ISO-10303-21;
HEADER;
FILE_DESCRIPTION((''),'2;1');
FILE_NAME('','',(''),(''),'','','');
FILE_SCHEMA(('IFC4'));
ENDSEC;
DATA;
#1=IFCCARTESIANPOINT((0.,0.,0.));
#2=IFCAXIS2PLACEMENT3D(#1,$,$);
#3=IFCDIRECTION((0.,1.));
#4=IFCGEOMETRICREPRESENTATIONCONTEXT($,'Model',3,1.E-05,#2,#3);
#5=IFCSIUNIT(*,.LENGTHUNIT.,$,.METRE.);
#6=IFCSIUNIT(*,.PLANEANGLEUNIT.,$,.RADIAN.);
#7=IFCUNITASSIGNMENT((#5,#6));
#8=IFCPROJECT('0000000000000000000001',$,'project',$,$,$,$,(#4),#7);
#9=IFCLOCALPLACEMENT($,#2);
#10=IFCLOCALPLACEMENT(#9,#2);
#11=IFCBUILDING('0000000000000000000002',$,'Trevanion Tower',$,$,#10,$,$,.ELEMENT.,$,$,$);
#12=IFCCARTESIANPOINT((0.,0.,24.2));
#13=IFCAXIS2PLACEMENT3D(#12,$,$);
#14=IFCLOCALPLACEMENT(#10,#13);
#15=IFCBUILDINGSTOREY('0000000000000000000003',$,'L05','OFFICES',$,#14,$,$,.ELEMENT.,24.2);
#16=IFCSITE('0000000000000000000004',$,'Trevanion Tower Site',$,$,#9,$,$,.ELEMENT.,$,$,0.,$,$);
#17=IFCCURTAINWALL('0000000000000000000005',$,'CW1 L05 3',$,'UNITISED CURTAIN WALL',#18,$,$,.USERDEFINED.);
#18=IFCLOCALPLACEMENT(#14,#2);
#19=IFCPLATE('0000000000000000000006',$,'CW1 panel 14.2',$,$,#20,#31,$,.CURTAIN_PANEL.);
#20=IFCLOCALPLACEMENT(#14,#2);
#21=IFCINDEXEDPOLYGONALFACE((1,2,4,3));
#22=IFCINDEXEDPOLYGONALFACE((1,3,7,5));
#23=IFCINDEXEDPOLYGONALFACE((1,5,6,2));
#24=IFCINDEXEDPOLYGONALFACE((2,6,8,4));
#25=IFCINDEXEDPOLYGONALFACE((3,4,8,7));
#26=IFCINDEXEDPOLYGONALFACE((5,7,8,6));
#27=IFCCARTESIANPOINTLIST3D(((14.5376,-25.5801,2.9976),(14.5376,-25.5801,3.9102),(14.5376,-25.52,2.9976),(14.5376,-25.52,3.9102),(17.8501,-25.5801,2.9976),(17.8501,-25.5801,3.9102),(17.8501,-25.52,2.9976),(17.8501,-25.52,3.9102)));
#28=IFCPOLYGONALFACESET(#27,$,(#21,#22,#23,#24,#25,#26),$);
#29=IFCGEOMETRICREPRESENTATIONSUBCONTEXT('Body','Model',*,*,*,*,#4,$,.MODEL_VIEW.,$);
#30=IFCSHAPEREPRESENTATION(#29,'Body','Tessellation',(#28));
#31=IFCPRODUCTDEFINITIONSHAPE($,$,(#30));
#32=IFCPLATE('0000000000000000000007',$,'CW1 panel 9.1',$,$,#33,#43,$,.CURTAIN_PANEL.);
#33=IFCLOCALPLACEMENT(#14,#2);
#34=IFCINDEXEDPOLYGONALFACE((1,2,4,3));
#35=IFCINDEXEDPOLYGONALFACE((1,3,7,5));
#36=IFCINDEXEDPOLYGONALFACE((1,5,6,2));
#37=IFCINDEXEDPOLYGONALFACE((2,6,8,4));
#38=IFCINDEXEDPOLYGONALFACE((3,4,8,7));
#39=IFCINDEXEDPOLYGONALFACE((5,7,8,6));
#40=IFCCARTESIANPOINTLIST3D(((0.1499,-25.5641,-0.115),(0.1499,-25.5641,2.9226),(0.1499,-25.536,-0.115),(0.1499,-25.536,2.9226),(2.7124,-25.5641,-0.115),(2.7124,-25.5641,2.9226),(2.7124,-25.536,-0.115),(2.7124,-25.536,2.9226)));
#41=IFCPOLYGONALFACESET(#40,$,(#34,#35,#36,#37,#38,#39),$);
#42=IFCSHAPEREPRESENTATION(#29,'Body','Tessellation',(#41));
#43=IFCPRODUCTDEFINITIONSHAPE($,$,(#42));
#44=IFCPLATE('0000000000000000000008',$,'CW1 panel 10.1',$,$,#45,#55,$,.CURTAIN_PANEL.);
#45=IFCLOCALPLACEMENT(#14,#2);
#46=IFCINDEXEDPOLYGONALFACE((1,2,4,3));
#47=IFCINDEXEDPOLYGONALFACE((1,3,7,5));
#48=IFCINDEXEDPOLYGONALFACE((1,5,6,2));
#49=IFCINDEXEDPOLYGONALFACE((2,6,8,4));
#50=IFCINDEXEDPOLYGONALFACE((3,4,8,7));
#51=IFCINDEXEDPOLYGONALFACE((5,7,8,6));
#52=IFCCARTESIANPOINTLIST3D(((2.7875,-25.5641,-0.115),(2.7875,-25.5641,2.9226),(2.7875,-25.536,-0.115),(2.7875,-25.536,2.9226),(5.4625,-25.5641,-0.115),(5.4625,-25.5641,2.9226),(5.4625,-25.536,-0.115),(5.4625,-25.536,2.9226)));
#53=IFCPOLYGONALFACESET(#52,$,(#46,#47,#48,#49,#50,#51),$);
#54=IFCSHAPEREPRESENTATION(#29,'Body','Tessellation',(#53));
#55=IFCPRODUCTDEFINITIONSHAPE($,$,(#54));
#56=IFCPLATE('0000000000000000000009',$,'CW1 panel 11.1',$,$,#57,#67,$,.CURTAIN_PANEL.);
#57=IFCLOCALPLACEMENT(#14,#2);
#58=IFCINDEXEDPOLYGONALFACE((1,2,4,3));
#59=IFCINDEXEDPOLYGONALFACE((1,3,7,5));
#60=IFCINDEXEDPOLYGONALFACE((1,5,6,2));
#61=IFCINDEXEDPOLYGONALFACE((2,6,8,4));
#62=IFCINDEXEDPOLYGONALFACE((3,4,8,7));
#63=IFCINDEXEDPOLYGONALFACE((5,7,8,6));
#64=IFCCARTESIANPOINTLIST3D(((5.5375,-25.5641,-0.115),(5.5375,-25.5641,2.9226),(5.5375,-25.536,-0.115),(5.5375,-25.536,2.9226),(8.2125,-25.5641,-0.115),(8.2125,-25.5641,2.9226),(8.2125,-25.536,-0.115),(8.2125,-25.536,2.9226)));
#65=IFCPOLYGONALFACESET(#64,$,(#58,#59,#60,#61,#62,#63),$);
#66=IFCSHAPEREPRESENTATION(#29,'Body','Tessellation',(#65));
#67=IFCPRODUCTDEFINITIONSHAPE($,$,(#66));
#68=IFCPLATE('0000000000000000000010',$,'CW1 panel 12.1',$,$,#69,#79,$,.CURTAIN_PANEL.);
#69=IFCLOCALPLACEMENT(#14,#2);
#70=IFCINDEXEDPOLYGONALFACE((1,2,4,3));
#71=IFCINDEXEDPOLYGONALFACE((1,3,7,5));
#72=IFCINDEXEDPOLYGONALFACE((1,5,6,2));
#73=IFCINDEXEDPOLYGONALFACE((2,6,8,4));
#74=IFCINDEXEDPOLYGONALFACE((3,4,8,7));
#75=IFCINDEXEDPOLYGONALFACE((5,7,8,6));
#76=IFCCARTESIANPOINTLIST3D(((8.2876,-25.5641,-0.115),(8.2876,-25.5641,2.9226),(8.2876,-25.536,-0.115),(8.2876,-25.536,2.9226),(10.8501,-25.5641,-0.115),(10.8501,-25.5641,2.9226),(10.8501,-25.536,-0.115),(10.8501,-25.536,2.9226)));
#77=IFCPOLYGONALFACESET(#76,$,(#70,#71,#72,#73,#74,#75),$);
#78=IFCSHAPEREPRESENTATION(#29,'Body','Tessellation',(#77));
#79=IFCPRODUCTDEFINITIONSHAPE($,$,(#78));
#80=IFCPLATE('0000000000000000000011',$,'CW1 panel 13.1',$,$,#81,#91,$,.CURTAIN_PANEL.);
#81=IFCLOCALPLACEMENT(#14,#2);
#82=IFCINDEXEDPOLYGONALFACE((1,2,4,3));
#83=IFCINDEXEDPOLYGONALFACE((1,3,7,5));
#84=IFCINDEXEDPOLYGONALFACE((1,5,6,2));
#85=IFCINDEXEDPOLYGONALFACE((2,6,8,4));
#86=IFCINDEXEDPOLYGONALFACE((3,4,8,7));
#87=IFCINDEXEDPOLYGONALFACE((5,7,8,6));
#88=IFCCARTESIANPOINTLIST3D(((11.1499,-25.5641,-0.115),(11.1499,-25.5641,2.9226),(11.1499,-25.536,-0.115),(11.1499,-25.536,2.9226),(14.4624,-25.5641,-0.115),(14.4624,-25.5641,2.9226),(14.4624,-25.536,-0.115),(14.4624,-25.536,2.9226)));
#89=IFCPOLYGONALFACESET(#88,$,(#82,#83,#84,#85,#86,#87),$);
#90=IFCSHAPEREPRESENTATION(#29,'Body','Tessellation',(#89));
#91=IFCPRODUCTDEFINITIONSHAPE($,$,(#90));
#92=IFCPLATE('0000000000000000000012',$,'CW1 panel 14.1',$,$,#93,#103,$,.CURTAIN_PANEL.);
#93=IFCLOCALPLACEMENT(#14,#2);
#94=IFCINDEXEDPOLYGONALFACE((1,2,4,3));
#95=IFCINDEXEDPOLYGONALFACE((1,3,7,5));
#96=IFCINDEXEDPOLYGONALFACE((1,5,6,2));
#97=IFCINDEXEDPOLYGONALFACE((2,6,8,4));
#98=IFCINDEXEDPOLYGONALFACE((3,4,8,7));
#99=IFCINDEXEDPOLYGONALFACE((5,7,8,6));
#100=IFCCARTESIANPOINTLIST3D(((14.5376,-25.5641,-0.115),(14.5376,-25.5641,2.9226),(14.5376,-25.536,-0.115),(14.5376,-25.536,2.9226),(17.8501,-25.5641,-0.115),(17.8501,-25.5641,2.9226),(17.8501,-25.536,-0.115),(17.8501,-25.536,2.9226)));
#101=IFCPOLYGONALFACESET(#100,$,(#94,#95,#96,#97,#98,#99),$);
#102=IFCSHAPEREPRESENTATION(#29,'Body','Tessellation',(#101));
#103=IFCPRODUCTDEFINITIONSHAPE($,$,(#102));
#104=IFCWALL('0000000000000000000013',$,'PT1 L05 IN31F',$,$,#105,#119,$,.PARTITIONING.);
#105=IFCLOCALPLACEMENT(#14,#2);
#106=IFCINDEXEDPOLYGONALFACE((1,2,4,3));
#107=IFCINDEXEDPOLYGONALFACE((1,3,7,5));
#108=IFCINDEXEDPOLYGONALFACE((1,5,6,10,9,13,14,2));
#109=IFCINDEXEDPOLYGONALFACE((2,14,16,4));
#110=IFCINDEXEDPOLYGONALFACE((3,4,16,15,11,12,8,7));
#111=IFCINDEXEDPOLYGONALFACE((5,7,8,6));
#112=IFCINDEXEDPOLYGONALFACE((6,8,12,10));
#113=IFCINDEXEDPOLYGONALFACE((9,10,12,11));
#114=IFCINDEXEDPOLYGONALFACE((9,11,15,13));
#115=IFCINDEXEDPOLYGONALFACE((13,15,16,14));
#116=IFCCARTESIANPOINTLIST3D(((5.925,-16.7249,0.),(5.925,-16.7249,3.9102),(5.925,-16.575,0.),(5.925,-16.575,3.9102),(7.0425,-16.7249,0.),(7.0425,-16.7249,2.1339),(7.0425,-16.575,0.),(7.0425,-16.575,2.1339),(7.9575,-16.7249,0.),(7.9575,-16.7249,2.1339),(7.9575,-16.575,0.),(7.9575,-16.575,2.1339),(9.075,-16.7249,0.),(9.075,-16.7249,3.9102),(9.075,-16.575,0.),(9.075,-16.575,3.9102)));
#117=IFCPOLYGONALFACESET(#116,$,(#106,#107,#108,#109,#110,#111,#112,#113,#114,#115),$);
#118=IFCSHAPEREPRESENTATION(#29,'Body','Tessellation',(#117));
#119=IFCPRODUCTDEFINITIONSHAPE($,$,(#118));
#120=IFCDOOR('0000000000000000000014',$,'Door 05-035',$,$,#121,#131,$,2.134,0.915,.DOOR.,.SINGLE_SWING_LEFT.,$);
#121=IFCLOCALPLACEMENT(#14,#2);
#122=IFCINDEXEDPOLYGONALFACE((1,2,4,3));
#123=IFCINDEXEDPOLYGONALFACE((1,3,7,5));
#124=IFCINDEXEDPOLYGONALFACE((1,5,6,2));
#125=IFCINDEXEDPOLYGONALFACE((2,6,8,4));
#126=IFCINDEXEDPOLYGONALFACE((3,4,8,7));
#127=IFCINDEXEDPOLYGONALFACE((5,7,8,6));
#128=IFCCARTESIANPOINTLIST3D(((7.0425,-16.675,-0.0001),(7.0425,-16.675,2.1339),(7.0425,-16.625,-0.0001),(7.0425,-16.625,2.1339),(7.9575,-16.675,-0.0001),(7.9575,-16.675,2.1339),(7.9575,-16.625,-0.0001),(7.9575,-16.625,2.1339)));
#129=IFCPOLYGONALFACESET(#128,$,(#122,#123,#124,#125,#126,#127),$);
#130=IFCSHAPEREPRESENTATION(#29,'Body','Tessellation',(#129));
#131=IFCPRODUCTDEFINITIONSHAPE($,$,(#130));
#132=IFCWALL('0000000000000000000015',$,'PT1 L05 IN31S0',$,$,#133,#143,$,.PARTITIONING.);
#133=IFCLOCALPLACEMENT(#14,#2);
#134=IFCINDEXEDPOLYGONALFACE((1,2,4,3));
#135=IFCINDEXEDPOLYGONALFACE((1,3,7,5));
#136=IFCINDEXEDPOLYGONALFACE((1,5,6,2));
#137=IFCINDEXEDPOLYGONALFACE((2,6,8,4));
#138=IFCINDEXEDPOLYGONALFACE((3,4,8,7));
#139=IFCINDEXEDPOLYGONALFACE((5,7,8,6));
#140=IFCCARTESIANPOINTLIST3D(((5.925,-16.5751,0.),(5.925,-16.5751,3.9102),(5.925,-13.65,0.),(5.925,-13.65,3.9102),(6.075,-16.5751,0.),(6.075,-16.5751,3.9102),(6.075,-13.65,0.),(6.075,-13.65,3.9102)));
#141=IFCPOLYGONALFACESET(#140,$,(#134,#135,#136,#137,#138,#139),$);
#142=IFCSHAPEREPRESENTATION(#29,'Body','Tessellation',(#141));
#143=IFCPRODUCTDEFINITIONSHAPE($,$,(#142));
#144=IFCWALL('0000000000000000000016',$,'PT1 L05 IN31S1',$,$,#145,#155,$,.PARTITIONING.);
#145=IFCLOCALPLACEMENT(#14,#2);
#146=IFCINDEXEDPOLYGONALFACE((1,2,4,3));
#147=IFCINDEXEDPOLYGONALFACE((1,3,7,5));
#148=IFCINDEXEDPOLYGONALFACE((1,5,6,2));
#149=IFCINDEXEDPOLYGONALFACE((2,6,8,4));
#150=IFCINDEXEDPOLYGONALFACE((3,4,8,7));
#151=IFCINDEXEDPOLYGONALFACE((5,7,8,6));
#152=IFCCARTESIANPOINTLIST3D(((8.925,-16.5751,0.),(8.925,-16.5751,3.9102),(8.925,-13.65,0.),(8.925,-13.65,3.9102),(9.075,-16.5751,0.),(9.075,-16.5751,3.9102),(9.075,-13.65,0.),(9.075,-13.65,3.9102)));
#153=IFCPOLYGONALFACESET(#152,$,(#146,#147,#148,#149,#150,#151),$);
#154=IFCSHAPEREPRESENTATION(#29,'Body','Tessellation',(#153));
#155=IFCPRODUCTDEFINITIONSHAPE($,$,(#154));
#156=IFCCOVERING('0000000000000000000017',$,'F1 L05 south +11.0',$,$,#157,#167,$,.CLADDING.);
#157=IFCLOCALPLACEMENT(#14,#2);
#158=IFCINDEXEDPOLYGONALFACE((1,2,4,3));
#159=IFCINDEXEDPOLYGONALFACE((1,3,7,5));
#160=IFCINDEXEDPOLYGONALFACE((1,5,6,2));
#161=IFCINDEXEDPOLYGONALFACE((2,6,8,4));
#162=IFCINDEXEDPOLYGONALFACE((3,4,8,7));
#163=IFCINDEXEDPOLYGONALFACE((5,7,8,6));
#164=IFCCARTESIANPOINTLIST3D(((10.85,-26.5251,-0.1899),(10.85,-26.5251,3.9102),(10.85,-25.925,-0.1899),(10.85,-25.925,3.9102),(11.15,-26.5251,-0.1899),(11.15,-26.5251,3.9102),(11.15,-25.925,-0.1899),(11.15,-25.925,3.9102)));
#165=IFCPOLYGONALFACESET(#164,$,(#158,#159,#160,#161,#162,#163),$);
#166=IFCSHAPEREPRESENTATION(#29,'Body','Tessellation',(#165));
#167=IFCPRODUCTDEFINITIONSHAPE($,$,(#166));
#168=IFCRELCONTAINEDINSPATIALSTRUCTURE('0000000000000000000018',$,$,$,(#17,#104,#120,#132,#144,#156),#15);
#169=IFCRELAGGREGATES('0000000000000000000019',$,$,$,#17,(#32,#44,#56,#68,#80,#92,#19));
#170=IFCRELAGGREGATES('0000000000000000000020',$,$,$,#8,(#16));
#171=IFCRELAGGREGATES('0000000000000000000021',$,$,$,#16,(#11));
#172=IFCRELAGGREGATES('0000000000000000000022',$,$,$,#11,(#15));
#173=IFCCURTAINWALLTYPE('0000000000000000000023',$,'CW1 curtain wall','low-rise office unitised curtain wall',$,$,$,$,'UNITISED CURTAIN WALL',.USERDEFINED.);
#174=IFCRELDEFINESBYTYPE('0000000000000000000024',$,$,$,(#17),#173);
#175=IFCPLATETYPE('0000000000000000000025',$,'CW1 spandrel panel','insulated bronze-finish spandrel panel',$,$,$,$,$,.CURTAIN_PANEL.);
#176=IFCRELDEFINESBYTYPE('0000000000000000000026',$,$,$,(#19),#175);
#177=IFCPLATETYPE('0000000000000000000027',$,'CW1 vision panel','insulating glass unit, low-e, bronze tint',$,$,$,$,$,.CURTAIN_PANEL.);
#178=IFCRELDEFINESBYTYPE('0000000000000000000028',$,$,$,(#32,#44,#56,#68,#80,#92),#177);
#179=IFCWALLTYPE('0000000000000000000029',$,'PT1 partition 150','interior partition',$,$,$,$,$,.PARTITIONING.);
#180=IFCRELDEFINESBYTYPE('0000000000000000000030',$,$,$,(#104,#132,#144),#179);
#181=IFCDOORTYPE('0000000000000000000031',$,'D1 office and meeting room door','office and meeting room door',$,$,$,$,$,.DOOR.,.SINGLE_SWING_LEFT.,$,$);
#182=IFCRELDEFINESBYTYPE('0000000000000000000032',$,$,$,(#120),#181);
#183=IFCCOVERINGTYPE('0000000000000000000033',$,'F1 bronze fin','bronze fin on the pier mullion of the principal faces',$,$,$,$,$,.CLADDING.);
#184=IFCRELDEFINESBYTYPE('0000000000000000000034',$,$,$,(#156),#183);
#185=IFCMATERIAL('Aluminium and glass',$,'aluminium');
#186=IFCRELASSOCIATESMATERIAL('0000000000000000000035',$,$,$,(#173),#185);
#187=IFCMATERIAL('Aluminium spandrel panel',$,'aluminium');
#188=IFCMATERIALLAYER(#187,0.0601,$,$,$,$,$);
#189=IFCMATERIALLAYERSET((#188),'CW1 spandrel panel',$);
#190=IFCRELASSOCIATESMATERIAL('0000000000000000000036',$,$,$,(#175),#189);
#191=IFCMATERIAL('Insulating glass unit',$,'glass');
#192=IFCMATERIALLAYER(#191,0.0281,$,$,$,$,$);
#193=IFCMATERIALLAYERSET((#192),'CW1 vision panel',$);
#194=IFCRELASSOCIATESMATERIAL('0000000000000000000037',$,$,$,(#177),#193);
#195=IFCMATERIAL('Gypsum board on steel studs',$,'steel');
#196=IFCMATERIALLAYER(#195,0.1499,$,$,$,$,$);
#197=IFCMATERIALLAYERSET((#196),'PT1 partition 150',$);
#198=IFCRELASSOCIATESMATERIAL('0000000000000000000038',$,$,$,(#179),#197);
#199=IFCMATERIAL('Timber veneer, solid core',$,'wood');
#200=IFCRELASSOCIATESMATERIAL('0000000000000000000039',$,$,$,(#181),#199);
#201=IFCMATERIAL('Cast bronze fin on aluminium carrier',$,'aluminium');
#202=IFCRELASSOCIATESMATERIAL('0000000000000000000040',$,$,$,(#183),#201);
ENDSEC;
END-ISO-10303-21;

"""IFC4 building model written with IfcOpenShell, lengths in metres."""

from ifc_helpers import new_model, si_unit, direction, frame, frame_2d, origin, origin_2d, place, context, subcontext, project, spatial, rectangle, extrude, material, layer, layer_set, type_object, element, fill, aggregate, save


model = new_model("IFC4")

# Units and contexts
model_context = context("Model", 3, precision=1e-05, world=origin(), true_north=direction((0.0, 1.0)))
body_context = subcontext(model_context, "Body", "Model", "MODEL_VIEW")
ifc_project = project(units=[si_unit("LENGTHUNIT", "METRE"), si_unit("PLANEANGLEUNIT", "RADIAN")], contexts=[model_context])

# Site, building, storey
site_placement = place(None, origin())
site = spatial("IfcSite", under=ifc_project, at=site_placement, Name="Trevanion Tower Site", CompositionType="ELEMENT", RefElevation=0.0)
building_placement = place(site_placement, origin())
building = spatial("IfcBuilding", under=site, at=building_placement, Name="Trevanion Tower", CompositionType="ELEMENT")
storey_placement = place(building_placement, frame((0.0, 0.0, 24.2)))
storey = spatial("IfcBuildingStorey", under=building, at=storey_placement, Name="L05", Description="OFFICES", CompositionType="ELEMENT", Elevation=24.2)

# Curtain wall
ifc_material_1 = material(Name="Aluminium and glass", Category="aluminium")
curtain_wall_type = type_object("IfcCurtainWallType", Name="CW1 curtain wall", Description="low-rise office unitised curtain wall", ElementType="UNITISED CURTAIN WALL", PredefinedType="USERDEFINED", material=ifc_material_1)
curtain_wall_placement = place(storey_placement, origin())
curtain_wall = element("IfcCurtainWall", 1, at=curtain_wall_placement, inside=storey, type_object=curtain_wall_type, Name="CW1 L05 3", ObjectType="UNITISED CURTAIN WALL", PredefinedType="USERDEFINED")

# Plates
ifc_material_2 = material(Name="Aluminium spandrel panel", Category="aluminium")
ifc_layer_1 = layer(ifc_material_2, 0.0601)
ifc_layer_set_1 = layer_set([ifc_layer_1], Name="CW1 spandrel panel")
plate_type_1 = type_object("IfcPlateType", Name="CW1 spandrel panel", Description="insulated bronze-finish spandrel panel", PredefinedType="CURTAIN_PANEL", material=ifc_layer_set_1)
plate_1_placement = place(storey_placement, frame((16.1938, -25.55, 2.9976), z_axis=(0.0, 0.0, 1.0), x_axis=(1.0, 0.0, 0.0)))
plate_1 = element("IfcPlate", 2, at=plate_1_placement, type_object=plate_type_1, Name="CW1 panel 14.2", PredefinedType="CURTAIN_PANEL", context=body_context, shape_type="SweptSolid", body=[
    extrude(rectangle(XDim=3.3125, YDim=0.0601, at=origin_2d()), origin(), (0.0, 0.0, 1.0), 0.9126),
])
ifc_material_3 = material(Name="Insulating glass unit", Category="glass")
ifc_layer_2 = layer(ifc_material_3, 0.0281)
ifc_layer_set_2 = layer_set([ifc_layer_2], Name="CW1 vision panel")
plate_type_2 = type_object("IfcPlateType", Name="CW1 vision panel", Description="insulating glass unit, low-e, bronze tint", PredefinedType="CURTAIN_PANEL", material=ifc_layer_set_2)
plate_2_placement = place(storey_placement, frame((1.4312, -25.55, -0.115), z_axis=(0.0, 0.0, 1.0), x_axis=(1.0, 0.0, 0.0)))
plate_2 = element("IfcPlate", 3, at=plate_2_placement, type_object=plate_type_2, Name="CW1 panel 9.1", PredefinedType="CURTAIN_PANEL", context=body_context, shape_type="SweptSolid", body=[
    extrude(rectangle(XDim=2.5625, YDim=0.0281, at=origin_2d()), origin(), (0.0, 0.0, 1.0), 3.0376),
])
plate_3_placement = place(storey_placement, frame((4.125, -25.55, -0.115), z_axis=(0.0, 0.0, 1.0), x_axis=(1.0, 0.0, 0.0)))
plate_3 = element("IfcPlate", 4, at=plate_3_placement, type_object=plate_type_2, Name="CW1 panel 10.1", PredefinedType="CURTAIN_PANEL", context=body_context, shape_type="SweptSolid", body=[
    extrude(rectangle(XDim=2.675, YDim=0.0281, at=origin_2d()), origin(), (0.0, 0.0, 1.0), 3.0376),
])
plate_4_placement = place(storey_placement, frame((6.875, -25.55, -0.115), z_axis=(0.0, 0.0, 1.0), x_axis=(1.0, 0.0, 0.0)))
plate_4 = element("IfcPlate", 5, at=plate_4_placement, type_object=plate_type_2, Name="CW1 panel 11.1", PredefinedType="CURTAIN_PANEL", context=body_context, shape_type="SweptSolid", body=[
    extrude(rectangle(XDim=2.675, YDim=0.0281, at=origin_2d()), origin(), (0.0, 0.0, 1.0), 3.0376),
])
plate_5_placement = place(storey_placement, frame((9.5688, -25.55, -0.115), z_axis=(0.0, 0.0, 1.0), x_axis=(1.0, 0.0, 0.0)))
plate_5 = element("IfcPlate", 6, at=plate_5_placement, type_object=plate_type_2, Name="CW1 panel 12.1", PredefinedType="CURTAIN_PANEL", context=body_context, shape_type="SweptSolid", body=[
    extrude(rectangle(XDim=2.5625, YDim=0.0281, at=origin_2d()), origin(), (0.0, 0.0, 1.0), 3.0376),
])
plate_6_placement = place(storey_placement, frame((12.8062, -25.55, -0.115), z_axis=(0.0, 0.0, 1.0), x_axis=(1.0, 0.0, 0.0)))
plate_6 = element("IfcPlate", 7, at=plate_6_placement, type_object=plate_type_2, Name="CW1 panel 13.1", PredefinedType="CURTAIN_PANEL", context=body_context, shape_type="SweptSolid", body=[
    extrude(rectangle(XDim=3.3125, YDim=0.0281, at=origin_2d()), origin(), (0.0, 0.0, 1.0), 3.0376),
])
plate_7_placement = place(storey_placement, frame((16.1938, -25.55, -0.115), z_axis=(0.0, 0.0, 1.0), x_axis=(1.0, 0.0, 0.0)))
plate_7 = element("IfcPlate", 8, at=plate_7_placement, type_object=plate_type_2, Name="CW1 panel 14.1", PredefinedType="CURTAIN_PANEL", context=body_context, shape_type="SweptSolid", body=[
    extrude(rectangle(XDim=3.3125, YDim=0.0281, at=origin_2d()), origin(), (0.0, 0.0, 1.0), 3.0376),
])
aggregate(curtain_wall, [plate_2, plate_3, plate_4, plate_5, plate_6, plate_7, plate_1])

# Wall, opening, door
ifc_material_4 = material(Name="Gypsum board on steel studs", Category="steel")
ifc_layer_3 = layer(ifc_material_4, 0.1499)
ifc_layer_set_3 = layer_set([ifc_layer_3], Name="PT1 partition 150")
wall_type = type_object("IfcWallType", Name="PT1 partition 150", Description="interior partition", PredefinedType="PARTITIONING", material=ifc_layer_set_3)
wall_placement = place(storey_placement, frame((5.925, -16.6499, 0.0), z_axis=(0.0, 0.0, 1.0), x_axis=(1.0, 0.0, 0.0)))
wall = element("IfcWall", 9, at=wall_placement, inside=storey, type_object=wall_type, Name="PT1 L05 IN31F", PredefinedType="PARTITIONING", context=body_context, shape_type="SweptSolid", body=[
    extrude(rectangle(XDim=3.1499, YDim=0.1499, at=frame_2d((1.575, 0.0))), origin(), (0.0, 0.0, 1.0), 3.9102),
])
opening_placement = place(wall_placement, frame((1.1174, 0.0, 0.0)))
opening = element("IfcOpeningElement", 10, at=opening_placement, cuts=wall, PredefinedType="OPENING", context=body_context, shape_type="SweptSolid", body=[
    extrude(rectangle(XDim=0.915, YDim=2.134, at=frame_2d((0.4575, 1.0669))), frame((0.0, 0.085, 0.0), z_axis=(0.0, -1.0, 0.0), x_axis=(1.0, 0.0, 0.0)), (0.0, 0.0, 1.0), 0.1699),
])
ifc_material_5 = material(Name="Timber veneer, solid core", Category="wood")
door_type = type_object("IfcDoorType", Name="D1 office and meeting room door", Description="office and meeting room door", OperationType="SINGLE_SWING_LEFT", PredefinedType="DOOR", material=ifc_material_5)
door_placement = place(opening_placement, origin())
door = element("IfcDoor", 11, at=door_placement, inside=storey, type_object=door_type, Name="Door 05-035", OperationType="SINGLE_SWING_LEFT", OverallHeight=2.134, OverallWidth=0.915, PredefinedType="DOOR", context=body_context, shape_type="SweptSolid", body=[
    extrude(rectangle(XDim=0.915, YDim=2.134, at=frame_2d((0.4575, 1.0669))), frame((0.0, 0.0249, 0.0), z_axis=(0.0, -1.0, 0.0), x_axis=(1.0, 0.0, 0.0)), (0.0, 0.0, 1.0), 0.05),
])
fill(opening, door)

# Walls
for number, where, z_axis, x_axis, name in (
    (12, (6.0, -16.575, 0.0), (0.0, 0.0, 1.0), (0.0, 1.0, 0.0), "PT1 L05 IN31S0"),
    (13, (9.0, -16.575, 0.0), (0.0, 0.0, 1.0), (0.0, 1.0, 0.0), "PT1 L05 IN31S1"),
):
    element("IfcWall", number, at=place(storey_placement, frame(where, z_axis=z_axis, x_axis=x_axis)), inside=storey, type_object=wall_type, Name=name, PredefinedType="PARTITIONING", context=body_context, shape_type="SweptSolid", body=[
        extrude(rectangle(XDim=2.925, YDim=0.1499, at=frame_2d((1.4624, 0.0))), origin(), (0.0, 0.0, 1.0), 3.9102),
    ])

# Covering
ifc_material_6 = material(Name="Cast bronze fin on aluminium carrier", Category="aluminium")
covering_type = type_object("IfcCoveringType", Name="F1 bronze fin", Description="bronze fin on the pier mullion of the principal faces", PredefinedType="CLADDING", material=ifc_material_6)
covering_placement = place(storey_placement, frame((11.0, -26.2251, -0.1899), z_axis=(0.0, 0.0, 1.0), x_axis=(1.0, 0.0, 0.0)))
element("IfcCovering", 14, at=covering_placement, inside=storey, type_object=covering_type, Name="F1 L05 south +11.0", PredefinedType="CLADDING", context=body_context, shape_type="SweptSolid", body=[
    extrude(rectangle(XDim=0.3, YDim=0.6001, at=origin_2d()), origin(), (0.0, 0.0, 1.0), 4.1001),
])

save(model, "model.ifc")
